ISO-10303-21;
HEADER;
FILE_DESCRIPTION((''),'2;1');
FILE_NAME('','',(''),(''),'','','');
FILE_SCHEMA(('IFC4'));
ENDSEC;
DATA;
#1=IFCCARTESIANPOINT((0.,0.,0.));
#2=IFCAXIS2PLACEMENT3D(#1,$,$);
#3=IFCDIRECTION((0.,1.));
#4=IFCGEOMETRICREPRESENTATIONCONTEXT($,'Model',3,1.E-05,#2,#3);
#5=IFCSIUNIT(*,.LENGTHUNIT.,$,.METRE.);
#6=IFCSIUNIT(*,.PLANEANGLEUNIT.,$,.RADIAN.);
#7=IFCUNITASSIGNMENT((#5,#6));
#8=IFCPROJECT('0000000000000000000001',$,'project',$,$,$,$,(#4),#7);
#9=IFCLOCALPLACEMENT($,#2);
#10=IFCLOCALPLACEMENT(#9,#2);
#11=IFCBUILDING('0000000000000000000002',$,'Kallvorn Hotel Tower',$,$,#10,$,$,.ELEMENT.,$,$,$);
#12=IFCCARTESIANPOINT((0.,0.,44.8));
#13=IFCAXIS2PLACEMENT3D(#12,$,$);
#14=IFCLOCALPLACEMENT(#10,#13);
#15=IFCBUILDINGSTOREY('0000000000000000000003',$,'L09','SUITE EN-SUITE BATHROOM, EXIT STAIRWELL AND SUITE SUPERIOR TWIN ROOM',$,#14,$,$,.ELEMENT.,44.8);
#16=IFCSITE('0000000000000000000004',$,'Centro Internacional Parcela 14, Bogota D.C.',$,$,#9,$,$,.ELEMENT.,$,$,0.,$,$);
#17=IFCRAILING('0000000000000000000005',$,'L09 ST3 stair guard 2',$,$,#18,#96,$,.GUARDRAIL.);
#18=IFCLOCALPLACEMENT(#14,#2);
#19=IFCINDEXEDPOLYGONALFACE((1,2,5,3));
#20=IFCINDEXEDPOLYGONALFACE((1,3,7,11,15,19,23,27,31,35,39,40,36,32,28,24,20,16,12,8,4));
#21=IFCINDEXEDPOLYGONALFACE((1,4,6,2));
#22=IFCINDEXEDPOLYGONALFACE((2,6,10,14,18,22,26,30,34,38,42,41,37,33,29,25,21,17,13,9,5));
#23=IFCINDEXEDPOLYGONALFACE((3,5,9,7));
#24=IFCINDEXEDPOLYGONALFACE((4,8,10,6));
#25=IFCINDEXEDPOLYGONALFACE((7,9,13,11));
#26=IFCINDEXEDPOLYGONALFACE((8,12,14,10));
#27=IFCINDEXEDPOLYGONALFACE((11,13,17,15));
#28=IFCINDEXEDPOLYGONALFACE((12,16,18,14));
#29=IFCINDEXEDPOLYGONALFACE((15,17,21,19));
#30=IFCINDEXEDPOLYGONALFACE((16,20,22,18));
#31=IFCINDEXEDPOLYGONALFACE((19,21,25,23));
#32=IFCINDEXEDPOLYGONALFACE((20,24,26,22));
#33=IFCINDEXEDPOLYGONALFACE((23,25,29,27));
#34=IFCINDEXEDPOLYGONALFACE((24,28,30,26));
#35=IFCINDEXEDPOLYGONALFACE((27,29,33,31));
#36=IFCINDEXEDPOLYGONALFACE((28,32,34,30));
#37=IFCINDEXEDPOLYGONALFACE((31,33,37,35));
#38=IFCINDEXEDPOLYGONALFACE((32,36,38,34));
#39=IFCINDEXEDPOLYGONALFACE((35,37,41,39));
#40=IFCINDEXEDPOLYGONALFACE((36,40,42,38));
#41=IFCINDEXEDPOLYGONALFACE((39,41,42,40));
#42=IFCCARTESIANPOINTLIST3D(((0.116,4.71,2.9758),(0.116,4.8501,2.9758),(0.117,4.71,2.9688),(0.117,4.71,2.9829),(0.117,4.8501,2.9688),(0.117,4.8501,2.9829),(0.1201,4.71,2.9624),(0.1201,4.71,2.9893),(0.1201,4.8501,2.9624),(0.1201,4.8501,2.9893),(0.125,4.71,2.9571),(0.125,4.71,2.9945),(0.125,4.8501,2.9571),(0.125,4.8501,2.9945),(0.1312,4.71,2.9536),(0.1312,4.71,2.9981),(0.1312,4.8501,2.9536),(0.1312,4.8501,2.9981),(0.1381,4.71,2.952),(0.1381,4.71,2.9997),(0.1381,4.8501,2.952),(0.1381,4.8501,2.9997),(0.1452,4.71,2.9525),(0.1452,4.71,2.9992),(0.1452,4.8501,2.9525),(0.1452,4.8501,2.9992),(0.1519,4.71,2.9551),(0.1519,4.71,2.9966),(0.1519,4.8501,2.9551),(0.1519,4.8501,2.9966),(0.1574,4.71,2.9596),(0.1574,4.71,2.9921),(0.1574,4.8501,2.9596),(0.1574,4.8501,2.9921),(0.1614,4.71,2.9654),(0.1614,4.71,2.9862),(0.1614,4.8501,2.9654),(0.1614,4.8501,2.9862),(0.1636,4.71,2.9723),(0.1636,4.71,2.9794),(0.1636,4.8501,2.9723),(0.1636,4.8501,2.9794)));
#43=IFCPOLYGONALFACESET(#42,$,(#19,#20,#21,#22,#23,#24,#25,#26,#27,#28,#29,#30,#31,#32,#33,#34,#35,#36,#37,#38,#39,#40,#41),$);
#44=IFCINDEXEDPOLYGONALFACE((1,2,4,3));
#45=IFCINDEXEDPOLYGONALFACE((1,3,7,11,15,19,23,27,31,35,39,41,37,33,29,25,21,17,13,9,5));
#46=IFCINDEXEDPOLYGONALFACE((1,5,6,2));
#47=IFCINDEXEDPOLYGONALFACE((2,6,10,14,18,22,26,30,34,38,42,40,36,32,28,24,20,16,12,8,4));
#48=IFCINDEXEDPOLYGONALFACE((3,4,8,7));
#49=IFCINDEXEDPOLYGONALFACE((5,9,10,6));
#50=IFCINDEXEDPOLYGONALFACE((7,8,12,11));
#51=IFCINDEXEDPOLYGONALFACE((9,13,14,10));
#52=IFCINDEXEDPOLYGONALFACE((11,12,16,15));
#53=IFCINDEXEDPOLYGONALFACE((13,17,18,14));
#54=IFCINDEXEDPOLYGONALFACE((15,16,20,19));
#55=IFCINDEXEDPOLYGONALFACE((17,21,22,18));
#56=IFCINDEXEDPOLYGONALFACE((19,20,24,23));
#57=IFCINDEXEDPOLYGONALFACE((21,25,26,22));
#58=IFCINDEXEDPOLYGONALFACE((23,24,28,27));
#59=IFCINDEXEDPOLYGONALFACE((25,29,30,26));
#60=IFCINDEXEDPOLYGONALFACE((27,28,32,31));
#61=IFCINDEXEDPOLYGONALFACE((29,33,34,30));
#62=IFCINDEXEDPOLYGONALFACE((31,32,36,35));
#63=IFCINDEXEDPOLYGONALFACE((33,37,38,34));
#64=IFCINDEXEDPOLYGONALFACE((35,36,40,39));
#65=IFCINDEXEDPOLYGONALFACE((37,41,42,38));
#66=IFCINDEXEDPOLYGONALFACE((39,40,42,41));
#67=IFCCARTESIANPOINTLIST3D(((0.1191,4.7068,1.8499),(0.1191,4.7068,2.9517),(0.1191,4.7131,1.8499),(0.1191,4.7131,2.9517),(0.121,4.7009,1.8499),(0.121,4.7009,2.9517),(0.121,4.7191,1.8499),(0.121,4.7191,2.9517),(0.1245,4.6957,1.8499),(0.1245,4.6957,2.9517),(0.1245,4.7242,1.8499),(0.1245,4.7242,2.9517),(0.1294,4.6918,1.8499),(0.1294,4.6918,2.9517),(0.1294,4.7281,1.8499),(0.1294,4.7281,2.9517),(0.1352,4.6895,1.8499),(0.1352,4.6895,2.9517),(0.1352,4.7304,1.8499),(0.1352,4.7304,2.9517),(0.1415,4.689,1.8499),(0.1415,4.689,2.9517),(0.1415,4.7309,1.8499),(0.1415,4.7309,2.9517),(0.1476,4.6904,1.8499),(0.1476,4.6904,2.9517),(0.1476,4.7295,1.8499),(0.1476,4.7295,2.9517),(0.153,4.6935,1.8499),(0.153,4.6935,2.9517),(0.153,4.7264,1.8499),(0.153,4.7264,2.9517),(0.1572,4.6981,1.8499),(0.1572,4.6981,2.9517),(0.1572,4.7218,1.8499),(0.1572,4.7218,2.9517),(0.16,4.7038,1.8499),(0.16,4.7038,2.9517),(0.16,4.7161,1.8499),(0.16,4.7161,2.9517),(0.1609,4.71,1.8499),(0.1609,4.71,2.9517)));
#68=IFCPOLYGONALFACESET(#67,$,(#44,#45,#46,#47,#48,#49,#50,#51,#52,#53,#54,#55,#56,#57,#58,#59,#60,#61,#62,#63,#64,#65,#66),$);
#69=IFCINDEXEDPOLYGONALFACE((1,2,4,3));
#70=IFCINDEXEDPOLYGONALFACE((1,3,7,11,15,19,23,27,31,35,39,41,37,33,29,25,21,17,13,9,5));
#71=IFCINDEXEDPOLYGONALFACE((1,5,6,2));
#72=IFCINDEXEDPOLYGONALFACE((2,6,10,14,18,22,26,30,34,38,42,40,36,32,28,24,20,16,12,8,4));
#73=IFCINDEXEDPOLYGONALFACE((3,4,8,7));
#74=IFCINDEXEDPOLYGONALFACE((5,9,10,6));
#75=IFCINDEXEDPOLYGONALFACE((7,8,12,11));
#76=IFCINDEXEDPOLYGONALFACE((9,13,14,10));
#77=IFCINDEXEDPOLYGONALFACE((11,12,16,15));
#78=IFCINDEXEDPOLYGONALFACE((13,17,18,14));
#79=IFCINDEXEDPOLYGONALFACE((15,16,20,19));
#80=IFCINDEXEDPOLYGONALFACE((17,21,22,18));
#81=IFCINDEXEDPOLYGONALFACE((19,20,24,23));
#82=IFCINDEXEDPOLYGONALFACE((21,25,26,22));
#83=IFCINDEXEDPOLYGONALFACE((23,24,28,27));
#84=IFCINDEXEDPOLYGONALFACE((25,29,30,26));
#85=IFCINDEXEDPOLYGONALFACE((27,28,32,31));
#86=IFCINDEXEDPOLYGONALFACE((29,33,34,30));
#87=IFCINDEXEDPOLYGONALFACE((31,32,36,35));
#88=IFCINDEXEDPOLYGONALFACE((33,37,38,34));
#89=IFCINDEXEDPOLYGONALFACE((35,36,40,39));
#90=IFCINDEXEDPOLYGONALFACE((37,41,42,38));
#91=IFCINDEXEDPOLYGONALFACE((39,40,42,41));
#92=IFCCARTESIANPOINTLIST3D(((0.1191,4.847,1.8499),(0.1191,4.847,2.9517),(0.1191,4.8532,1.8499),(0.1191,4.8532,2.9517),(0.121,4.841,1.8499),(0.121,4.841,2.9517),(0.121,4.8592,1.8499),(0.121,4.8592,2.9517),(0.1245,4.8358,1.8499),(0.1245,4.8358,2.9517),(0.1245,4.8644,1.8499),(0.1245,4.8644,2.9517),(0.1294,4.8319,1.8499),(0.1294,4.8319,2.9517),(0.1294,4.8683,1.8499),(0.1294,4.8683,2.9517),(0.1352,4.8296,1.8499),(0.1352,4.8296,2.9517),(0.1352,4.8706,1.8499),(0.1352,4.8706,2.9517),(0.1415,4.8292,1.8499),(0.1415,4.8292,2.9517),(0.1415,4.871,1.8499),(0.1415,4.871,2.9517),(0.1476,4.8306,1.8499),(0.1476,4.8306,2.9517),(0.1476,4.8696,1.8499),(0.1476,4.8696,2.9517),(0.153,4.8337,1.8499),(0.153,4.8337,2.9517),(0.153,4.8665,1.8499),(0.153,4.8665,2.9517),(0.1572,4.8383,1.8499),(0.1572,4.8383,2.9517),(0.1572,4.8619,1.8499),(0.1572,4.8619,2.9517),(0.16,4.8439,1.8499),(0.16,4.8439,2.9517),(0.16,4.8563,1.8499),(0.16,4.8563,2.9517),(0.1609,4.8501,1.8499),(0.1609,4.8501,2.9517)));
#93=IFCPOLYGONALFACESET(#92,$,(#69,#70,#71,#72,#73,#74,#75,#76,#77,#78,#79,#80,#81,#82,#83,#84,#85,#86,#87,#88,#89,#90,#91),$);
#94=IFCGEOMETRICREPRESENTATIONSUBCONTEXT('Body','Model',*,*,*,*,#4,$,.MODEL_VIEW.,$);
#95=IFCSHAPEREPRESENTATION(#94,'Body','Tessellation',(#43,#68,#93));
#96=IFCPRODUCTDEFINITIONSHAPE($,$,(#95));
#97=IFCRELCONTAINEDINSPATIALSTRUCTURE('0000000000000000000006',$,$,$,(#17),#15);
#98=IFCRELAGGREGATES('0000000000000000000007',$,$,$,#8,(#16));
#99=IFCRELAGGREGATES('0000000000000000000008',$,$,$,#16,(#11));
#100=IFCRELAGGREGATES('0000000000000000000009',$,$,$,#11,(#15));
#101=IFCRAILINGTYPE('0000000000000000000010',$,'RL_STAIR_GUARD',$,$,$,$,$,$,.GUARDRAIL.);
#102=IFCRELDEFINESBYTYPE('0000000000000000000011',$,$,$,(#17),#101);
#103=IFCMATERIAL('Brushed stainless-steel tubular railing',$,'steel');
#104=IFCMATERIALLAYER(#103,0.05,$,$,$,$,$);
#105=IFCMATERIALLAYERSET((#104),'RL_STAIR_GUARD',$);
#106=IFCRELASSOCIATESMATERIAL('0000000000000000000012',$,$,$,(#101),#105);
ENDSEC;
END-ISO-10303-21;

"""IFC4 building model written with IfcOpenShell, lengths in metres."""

from ifc_helpers import new_model, si_unit, direction, frame, origin, origin_2d, place, context, subcontext, project, spatial, circle, extrude, material, layer, layer_set, type_object, element, save


model = new_model("IFC4")

# Units and contexts
model_context = context("Model", 3, precision=1e-05, world=origin(), true_north=direction((0.0, 1.0)))
body_context = subcontext(model_context, "Body", "Model", "MODEL_VIEW")
ifc_project = project(units=[si_unit("LENGTHUNIT", "METRE"), si_unit("PLANEANGLEUNIT", "RADIAN")], contexts=[model_context])

# Site, building, storey
site_placement = place(None, origin())
site = spatial("IfcSite", under=ifc_project, at=site_placement, Name="Centro Internacional Parcela 14, Bogota D.C.", CompositionType="ELEMENT", RefElevation=0.0)
building_placement = place(site_placement, origin())
building = spatial("IfcBuilding", under=site, at=building_placement, Name="Kallvorn Hotel Tower", CompositionType="ELEMENT")
storey_placement = place(building_placement, frame((0.0, 0.0, 44.8)))
storey = spatial("IfcBuildingStorey", under=building, at=storey_placement, Name="L09", Description="SUITE EN-SUITE BATHROOM, EXIT STAIRWELL AND SUITE SUPERIOR TWIN ROOM", CompositionType="ELEMENT", Elevation=44.8)

# Railing
ifc_material_1 = material(Name="Brushed stainless-steel tubular railing", Category="steel")
ifc_layer_1 = layer(ifc_material_1, 0.05)
ifc_layer_set_1 = layer_set([ifc_layer_1], Name="RL_STAIR_GUARD")
railing_type_1 = type_object("IfcRailingType", Name="RL_STAIR_GUARD", PredefinedType="GUARDRAIL", material=ifc_layer_set_1)
railing_1_placement = place(storey_placement, frame((0.1399, 4.71, 1.8499)))
element("IfcRailing", 1, at=railing_1_placement, inside=storey, type_object=railing_type_1, Name="L09 ST3 stair guard 2", PredefinedType="GUARDRAIL", context=body_context, shape_type="SweptSolid", body=[
    extrude(circle(Radius=0.0239, at=origin_2d()), frame((0.0, 0.0, 1.126), z_axis=(0.0, 1.0, 0.0), x_axis=(-1.0, 0.0, 0.0)), (0.0, 0.0, 1.0), 0.1401),
    extrude(circle(Radius=0.021, at=origin_2d()), origin(), (0.0, 0.0, 1.0), 1.1018),
    extrude(circle(Radius=0.021, at=origin_2d()), frame((0.0, 0.1401, 0.0)), (0.0, 0.0, 1.0), 1.1018),
])

save(model, "model.ifc")
